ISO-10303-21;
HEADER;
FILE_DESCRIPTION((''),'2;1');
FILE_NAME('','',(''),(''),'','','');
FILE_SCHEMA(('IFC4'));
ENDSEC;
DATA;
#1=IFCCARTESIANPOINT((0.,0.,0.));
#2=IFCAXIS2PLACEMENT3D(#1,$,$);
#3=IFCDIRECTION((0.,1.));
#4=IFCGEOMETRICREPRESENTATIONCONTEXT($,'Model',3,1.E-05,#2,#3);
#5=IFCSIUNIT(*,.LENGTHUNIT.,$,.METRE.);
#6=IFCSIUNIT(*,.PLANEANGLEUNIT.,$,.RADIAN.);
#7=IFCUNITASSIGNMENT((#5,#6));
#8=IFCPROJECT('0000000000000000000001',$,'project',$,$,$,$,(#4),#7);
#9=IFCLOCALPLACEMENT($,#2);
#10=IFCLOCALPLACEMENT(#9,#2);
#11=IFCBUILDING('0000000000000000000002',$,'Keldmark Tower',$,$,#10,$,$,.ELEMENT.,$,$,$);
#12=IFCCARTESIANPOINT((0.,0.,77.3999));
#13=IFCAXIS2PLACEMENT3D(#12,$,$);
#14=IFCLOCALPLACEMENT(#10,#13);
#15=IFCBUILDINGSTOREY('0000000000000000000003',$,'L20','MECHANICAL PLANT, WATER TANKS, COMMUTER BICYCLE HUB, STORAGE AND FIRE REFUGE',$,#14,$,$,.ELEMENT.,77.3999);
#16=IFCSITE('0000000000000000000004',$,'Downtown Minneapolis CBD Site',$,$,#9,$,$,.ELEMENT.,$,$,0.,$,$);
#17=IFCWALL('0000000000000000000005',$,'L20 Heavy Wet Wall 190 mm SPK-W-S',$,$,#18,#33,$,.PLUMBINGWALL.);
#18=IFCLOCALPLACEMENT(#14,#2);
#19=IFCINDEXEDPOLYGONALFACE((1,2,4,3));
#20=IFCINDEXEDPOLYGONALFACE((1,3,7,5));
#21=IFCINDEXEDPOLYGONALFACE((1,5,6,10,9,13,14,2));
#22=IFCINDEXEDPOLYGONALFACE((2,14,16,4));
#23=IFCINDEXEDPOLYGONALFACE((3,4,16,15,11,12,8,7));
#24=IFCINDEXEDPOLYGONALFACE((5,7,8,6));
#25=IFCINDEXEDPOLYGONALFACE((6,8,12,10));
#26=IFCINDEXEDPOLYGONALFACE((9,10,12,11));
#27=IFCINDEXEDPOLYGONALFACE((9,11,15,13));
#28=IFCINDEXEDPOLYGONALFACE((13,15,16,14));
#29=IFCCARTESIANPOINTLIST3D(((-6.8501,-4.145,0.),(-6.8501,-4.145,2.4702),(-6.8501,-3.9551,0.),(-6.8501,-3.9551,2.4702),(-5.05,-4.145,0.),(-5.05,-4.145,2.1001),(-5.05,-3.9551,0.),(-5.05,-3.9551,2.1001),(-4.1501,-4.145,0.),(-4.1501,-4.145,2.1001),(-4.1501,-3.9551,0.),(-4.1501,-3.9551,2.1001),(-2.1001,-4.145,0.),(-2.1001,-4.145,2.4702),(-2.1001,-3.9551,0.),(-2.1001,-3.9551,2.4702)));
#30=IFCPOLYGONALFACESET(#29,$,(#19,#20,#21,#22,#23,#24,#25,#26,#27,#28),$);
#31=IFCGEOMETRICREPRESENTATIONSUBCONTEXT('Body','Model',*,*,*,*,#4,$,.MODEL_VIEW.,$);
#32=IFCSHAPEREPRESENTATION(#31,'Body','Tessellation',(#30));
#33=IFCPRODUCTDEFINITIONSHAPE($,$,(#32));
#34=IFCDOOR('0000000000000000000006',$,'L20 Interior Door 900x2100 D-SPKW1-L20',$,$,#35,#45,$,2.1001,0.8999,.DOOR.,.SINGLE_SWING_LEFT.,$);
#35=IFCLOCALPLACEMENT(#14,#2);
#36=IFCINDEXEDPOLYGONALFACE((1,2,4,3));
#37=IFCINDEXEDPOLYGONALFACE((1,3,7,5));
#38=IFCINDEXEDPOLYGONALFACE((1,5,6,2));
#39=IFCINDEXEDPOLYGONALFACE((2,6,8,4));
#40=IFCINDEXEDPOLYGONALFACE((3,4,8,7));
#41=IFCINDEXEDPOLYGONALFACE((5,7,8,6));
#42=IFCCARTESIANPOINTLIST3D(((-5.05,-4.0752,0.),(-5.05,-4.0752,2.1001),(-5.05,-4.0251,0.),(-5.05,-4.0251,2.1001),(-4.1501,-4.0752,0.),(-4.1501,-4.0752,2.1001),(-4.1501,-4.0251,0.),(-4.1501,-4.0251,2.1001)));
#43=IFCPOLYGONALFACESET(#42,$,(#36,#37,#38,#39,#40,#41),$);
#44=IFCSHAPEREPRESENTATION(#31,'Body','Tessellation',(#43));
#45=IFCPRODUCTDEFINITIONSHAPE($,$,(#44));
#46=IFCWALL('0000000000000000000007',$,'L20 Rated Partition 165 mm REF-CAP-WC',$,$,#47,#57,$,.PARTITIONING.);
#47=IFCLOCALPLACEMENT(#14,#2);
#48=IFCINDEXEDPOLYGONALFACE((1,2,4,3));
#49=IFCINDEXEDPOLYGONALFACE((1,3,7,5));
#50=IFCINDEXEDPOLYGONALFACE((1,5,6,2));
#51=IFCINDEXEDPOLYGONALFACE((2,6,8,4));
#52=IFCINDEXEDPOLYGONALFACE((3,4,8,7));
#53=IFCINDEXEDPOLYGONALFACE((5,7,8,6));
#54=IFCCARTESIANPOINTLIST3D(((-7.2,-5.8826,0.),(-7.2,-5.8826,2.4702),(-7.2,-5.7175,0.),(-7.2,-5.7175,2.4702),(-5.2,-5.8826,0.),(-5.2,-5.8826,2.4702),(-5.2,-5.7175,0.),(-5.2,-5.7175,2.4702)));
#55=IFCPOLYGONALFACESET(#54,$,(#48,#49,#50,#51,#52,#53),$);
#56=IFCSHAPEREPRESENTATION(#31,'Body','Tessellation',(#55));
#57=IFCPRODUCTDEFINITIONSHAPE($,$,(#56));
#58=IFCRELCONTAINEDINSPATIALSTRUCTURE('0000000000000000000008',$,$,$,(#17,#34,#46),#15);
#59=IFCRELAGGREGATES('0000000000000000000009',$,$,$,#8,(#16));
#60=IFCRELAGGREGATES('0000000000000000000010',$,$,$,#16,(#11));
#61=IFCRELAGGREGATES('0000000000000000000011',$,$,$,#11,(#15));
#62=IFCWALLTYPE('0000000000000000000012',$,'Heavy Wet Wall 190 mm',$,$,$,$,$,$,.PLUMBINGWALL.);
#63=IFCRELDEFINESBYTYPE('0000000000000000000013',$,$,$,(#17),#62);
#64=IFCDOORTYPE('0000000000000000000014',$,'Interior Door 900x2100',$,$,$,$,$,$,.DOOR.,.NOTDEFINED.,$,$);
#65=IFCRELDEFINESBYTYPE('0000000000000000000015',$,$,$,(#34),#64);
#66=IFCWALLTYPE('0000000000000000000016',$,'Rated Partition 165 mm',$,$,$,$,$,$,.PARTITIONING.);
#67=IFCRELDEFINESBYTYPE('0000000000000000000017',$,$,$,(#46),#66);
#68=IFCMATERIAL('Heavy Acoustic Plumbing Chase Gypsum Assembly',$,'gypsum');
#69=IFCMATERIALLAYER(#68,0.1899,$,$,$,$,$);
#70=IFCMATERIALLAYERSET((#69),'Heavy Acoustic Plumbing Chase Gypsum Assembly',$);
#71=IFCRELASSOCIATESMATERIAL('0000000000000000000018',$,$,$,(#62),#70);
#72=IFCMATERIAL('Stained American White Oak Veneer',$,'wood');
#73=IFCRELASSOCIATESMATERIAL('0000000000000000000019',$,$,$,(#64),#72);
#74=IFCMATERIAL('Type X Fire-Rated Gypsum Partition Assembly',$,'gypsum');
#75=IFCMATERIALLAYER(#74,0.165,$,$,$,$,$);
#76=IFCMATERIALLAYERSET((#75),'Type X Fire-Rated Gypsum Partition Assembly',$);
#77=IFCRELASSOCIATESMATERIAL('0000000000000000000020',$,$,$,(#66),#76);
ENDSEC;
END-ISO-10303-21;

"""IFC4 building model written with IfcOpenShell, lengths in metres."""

from ifc_helpers import new_model, si_unit, direction, frame, frame_2d, origin, place, context, subcontext, project, spatial, rectangle, extrude, material, layer, layer_set, type_object, element, fill, save


model = new_model("IFC4")

# Units and contexts
model_context = context("Model", 3, precision=1e-05, world=origin(), true_north=direction((0.0, 1.0)))
body_context = subcontext(model_context, "Body", "Model", "MODEL_VIEW")
ifc_project = project(units=[si_unit("LENGTHUNIT", "METRE"), si_unit("PLANEANGLEUNIT", "RADIAN")], contexts=[model_context])

# Site, building, storey
site_placement = place(None, origin())
site = spatial("IfcSite", under=ifc_project, at=site_placement, Name="Downtown Minneapolis CBD Site", CompositionType="ELEMENT", RefElevation=0.0)
building_placement = place(site_placement, origin())
building = spatial("IfcBuilding", under=site, at=building_placement, Name="Keldmark Tower", CompositionType="ELEMENT")
storey_placement = place(building_placement, frame((0.0, 0.0, 77.3999)))
storey = spatial("IfcBuildingStorey", under=building, at=storey_placement, Name="L20", Description="MECHANICAL PLANT, WATER TANKS, COMMUTER BICYCLE HUB, STORAGE AND FIRE REFUGE", CompositionType="ELEMENT", Elevation=77.3999)

# Wall, opening, door
ifc_material_1 = material(Name="Heavy Acoustic Plumbing Chase Gypsum Assembly", Category="gypsum")
ifc_layer_1 = layer(ifc_material_1, 0.1899)
ifc_layer_set_1 = layer_set([ifc_layer_1], Name="Heavy Acoustic Plumbing Chase Gypsum Assembly")
wall_type_1 = type_object("IfcWallType", Name="Heavy Wet Wall 190 mm", PredefinedType="PLUMBINGWALL", material=ifc_layer_set_1)
wall_1_placement = place(storey_placement, frame((-6.8501, -4.05, 0.0), z_axis=(0.0, 0.0, 1.0), x_axis=(1.0, 0.0, 0.0)))
wall_1 = element("IfcWall", 1, at=wall_1_placement, inside=storey, type_object=wall_type_1, Name="L20 Heavy Wet Wall 190 mm SPK-W-S", PredefinedType="PLUMBINGWALL", context=body_context, shape_type="SweptSolid", body=[
    extrude(rectangle(XDim=4.75, YDim=0.1899, at=frame_2d((2.375, 0.0))), origin(), (0.0, 0.0, 1.0), 2.4702),
])
opening_1_placement = place(wall_1_placement, frame((1.8, 0.0, 0.0)))
opening_1 = element("IfcOpeningElement", 2, at=opening_1_placement, cuts=wall_1, PredefinedType="OPENING", context=body_context, shape_type="SweptSolid", body=[
    extrude(rectangle(XDim=0.8999, YDim=2.1001, at=frame_2d((0.45, 1.05))), frame((0.0, 0.105, 0.0), z_axis=(0.0, -1.0, 0.0), x_axis=(1.0, 0.0, 0.0)), (0.0, 0.0, 1.0), 0.21),
])
ifc_material_2 = material(Name="Stained American White Oak Veneer", Category="wood")
door_type_1 = type_object("IfcDoorType", Name="Interior Door 900x2100", OperationType="NOTDEFINED", PredefinedType="DOOR", material=ifc_material_2)
door_1_placement = place(opening_1_placement, origin())
door_1 = element("IfcDoor", 3, at=door_1_placement, inside=storey, type_object=door_type_1, Name="L20 Interior Door 900x2100 D-SPKW1-L20", OperationType="SINGLE_SWING_LEFT", OverallHeight=2.1001, OverallWidth=0.8999, PredefinedType="DOOR", context=body_context, shape_type="SweptSolid", body=[
    extrude(rectangle(XDim=0.8999, YDim=2.1001, at=frame_2d((0.45, 1.05))), frame((0.0, 0.0249, 0.0), z_axis=(0.0, -1.0, 0.0), x_axis=(1.0, 0.0, 0.0)), (0.0, 0.0, 1.0), 0.05),
])
fill(opening_1, door_1)
ifc_material_3 = material(Name="Type X Fire-Rated Gypsum Partition Assembly", Category="gypsum")
ifc_layer_2 = layer(ifc_material_3, 0.165)
ifc_layer_set_2 = layer_set([ifc_layer_2], Name="Type X Fire-Rated Gypsum Partition Assembly")
wall_type_2 = type_object("IfcWallType", Name="Rated Partition 165 mm", PredefinedType="PARTITIONING", material=ifc_layer_set_2)

# Wall
wall_2_placement = place(storey_placement, frame((-7.2, -5.8, 0.0), z_axis=(0.0, 0.0, 1.0), x_axis=(1.0, 0.0, 0.0)))
element("IfcWall", 4, at=wall_2_placement, inside=storey, type_object=wall_type_2, Name="L20 Rated Partition 165 mm REF-CAP-WC", PredefinedType="PARTITIONING", context=body_context, shape_type="SweptSolid", body=[
    extrude(rectangle(XDim=2.0, YDim=0.165, at=frame_2d((1.0, 0.0))), origin(), (0.0, 0.0, 1.0), 2.4702),
])

save(model, "model.ifc")
